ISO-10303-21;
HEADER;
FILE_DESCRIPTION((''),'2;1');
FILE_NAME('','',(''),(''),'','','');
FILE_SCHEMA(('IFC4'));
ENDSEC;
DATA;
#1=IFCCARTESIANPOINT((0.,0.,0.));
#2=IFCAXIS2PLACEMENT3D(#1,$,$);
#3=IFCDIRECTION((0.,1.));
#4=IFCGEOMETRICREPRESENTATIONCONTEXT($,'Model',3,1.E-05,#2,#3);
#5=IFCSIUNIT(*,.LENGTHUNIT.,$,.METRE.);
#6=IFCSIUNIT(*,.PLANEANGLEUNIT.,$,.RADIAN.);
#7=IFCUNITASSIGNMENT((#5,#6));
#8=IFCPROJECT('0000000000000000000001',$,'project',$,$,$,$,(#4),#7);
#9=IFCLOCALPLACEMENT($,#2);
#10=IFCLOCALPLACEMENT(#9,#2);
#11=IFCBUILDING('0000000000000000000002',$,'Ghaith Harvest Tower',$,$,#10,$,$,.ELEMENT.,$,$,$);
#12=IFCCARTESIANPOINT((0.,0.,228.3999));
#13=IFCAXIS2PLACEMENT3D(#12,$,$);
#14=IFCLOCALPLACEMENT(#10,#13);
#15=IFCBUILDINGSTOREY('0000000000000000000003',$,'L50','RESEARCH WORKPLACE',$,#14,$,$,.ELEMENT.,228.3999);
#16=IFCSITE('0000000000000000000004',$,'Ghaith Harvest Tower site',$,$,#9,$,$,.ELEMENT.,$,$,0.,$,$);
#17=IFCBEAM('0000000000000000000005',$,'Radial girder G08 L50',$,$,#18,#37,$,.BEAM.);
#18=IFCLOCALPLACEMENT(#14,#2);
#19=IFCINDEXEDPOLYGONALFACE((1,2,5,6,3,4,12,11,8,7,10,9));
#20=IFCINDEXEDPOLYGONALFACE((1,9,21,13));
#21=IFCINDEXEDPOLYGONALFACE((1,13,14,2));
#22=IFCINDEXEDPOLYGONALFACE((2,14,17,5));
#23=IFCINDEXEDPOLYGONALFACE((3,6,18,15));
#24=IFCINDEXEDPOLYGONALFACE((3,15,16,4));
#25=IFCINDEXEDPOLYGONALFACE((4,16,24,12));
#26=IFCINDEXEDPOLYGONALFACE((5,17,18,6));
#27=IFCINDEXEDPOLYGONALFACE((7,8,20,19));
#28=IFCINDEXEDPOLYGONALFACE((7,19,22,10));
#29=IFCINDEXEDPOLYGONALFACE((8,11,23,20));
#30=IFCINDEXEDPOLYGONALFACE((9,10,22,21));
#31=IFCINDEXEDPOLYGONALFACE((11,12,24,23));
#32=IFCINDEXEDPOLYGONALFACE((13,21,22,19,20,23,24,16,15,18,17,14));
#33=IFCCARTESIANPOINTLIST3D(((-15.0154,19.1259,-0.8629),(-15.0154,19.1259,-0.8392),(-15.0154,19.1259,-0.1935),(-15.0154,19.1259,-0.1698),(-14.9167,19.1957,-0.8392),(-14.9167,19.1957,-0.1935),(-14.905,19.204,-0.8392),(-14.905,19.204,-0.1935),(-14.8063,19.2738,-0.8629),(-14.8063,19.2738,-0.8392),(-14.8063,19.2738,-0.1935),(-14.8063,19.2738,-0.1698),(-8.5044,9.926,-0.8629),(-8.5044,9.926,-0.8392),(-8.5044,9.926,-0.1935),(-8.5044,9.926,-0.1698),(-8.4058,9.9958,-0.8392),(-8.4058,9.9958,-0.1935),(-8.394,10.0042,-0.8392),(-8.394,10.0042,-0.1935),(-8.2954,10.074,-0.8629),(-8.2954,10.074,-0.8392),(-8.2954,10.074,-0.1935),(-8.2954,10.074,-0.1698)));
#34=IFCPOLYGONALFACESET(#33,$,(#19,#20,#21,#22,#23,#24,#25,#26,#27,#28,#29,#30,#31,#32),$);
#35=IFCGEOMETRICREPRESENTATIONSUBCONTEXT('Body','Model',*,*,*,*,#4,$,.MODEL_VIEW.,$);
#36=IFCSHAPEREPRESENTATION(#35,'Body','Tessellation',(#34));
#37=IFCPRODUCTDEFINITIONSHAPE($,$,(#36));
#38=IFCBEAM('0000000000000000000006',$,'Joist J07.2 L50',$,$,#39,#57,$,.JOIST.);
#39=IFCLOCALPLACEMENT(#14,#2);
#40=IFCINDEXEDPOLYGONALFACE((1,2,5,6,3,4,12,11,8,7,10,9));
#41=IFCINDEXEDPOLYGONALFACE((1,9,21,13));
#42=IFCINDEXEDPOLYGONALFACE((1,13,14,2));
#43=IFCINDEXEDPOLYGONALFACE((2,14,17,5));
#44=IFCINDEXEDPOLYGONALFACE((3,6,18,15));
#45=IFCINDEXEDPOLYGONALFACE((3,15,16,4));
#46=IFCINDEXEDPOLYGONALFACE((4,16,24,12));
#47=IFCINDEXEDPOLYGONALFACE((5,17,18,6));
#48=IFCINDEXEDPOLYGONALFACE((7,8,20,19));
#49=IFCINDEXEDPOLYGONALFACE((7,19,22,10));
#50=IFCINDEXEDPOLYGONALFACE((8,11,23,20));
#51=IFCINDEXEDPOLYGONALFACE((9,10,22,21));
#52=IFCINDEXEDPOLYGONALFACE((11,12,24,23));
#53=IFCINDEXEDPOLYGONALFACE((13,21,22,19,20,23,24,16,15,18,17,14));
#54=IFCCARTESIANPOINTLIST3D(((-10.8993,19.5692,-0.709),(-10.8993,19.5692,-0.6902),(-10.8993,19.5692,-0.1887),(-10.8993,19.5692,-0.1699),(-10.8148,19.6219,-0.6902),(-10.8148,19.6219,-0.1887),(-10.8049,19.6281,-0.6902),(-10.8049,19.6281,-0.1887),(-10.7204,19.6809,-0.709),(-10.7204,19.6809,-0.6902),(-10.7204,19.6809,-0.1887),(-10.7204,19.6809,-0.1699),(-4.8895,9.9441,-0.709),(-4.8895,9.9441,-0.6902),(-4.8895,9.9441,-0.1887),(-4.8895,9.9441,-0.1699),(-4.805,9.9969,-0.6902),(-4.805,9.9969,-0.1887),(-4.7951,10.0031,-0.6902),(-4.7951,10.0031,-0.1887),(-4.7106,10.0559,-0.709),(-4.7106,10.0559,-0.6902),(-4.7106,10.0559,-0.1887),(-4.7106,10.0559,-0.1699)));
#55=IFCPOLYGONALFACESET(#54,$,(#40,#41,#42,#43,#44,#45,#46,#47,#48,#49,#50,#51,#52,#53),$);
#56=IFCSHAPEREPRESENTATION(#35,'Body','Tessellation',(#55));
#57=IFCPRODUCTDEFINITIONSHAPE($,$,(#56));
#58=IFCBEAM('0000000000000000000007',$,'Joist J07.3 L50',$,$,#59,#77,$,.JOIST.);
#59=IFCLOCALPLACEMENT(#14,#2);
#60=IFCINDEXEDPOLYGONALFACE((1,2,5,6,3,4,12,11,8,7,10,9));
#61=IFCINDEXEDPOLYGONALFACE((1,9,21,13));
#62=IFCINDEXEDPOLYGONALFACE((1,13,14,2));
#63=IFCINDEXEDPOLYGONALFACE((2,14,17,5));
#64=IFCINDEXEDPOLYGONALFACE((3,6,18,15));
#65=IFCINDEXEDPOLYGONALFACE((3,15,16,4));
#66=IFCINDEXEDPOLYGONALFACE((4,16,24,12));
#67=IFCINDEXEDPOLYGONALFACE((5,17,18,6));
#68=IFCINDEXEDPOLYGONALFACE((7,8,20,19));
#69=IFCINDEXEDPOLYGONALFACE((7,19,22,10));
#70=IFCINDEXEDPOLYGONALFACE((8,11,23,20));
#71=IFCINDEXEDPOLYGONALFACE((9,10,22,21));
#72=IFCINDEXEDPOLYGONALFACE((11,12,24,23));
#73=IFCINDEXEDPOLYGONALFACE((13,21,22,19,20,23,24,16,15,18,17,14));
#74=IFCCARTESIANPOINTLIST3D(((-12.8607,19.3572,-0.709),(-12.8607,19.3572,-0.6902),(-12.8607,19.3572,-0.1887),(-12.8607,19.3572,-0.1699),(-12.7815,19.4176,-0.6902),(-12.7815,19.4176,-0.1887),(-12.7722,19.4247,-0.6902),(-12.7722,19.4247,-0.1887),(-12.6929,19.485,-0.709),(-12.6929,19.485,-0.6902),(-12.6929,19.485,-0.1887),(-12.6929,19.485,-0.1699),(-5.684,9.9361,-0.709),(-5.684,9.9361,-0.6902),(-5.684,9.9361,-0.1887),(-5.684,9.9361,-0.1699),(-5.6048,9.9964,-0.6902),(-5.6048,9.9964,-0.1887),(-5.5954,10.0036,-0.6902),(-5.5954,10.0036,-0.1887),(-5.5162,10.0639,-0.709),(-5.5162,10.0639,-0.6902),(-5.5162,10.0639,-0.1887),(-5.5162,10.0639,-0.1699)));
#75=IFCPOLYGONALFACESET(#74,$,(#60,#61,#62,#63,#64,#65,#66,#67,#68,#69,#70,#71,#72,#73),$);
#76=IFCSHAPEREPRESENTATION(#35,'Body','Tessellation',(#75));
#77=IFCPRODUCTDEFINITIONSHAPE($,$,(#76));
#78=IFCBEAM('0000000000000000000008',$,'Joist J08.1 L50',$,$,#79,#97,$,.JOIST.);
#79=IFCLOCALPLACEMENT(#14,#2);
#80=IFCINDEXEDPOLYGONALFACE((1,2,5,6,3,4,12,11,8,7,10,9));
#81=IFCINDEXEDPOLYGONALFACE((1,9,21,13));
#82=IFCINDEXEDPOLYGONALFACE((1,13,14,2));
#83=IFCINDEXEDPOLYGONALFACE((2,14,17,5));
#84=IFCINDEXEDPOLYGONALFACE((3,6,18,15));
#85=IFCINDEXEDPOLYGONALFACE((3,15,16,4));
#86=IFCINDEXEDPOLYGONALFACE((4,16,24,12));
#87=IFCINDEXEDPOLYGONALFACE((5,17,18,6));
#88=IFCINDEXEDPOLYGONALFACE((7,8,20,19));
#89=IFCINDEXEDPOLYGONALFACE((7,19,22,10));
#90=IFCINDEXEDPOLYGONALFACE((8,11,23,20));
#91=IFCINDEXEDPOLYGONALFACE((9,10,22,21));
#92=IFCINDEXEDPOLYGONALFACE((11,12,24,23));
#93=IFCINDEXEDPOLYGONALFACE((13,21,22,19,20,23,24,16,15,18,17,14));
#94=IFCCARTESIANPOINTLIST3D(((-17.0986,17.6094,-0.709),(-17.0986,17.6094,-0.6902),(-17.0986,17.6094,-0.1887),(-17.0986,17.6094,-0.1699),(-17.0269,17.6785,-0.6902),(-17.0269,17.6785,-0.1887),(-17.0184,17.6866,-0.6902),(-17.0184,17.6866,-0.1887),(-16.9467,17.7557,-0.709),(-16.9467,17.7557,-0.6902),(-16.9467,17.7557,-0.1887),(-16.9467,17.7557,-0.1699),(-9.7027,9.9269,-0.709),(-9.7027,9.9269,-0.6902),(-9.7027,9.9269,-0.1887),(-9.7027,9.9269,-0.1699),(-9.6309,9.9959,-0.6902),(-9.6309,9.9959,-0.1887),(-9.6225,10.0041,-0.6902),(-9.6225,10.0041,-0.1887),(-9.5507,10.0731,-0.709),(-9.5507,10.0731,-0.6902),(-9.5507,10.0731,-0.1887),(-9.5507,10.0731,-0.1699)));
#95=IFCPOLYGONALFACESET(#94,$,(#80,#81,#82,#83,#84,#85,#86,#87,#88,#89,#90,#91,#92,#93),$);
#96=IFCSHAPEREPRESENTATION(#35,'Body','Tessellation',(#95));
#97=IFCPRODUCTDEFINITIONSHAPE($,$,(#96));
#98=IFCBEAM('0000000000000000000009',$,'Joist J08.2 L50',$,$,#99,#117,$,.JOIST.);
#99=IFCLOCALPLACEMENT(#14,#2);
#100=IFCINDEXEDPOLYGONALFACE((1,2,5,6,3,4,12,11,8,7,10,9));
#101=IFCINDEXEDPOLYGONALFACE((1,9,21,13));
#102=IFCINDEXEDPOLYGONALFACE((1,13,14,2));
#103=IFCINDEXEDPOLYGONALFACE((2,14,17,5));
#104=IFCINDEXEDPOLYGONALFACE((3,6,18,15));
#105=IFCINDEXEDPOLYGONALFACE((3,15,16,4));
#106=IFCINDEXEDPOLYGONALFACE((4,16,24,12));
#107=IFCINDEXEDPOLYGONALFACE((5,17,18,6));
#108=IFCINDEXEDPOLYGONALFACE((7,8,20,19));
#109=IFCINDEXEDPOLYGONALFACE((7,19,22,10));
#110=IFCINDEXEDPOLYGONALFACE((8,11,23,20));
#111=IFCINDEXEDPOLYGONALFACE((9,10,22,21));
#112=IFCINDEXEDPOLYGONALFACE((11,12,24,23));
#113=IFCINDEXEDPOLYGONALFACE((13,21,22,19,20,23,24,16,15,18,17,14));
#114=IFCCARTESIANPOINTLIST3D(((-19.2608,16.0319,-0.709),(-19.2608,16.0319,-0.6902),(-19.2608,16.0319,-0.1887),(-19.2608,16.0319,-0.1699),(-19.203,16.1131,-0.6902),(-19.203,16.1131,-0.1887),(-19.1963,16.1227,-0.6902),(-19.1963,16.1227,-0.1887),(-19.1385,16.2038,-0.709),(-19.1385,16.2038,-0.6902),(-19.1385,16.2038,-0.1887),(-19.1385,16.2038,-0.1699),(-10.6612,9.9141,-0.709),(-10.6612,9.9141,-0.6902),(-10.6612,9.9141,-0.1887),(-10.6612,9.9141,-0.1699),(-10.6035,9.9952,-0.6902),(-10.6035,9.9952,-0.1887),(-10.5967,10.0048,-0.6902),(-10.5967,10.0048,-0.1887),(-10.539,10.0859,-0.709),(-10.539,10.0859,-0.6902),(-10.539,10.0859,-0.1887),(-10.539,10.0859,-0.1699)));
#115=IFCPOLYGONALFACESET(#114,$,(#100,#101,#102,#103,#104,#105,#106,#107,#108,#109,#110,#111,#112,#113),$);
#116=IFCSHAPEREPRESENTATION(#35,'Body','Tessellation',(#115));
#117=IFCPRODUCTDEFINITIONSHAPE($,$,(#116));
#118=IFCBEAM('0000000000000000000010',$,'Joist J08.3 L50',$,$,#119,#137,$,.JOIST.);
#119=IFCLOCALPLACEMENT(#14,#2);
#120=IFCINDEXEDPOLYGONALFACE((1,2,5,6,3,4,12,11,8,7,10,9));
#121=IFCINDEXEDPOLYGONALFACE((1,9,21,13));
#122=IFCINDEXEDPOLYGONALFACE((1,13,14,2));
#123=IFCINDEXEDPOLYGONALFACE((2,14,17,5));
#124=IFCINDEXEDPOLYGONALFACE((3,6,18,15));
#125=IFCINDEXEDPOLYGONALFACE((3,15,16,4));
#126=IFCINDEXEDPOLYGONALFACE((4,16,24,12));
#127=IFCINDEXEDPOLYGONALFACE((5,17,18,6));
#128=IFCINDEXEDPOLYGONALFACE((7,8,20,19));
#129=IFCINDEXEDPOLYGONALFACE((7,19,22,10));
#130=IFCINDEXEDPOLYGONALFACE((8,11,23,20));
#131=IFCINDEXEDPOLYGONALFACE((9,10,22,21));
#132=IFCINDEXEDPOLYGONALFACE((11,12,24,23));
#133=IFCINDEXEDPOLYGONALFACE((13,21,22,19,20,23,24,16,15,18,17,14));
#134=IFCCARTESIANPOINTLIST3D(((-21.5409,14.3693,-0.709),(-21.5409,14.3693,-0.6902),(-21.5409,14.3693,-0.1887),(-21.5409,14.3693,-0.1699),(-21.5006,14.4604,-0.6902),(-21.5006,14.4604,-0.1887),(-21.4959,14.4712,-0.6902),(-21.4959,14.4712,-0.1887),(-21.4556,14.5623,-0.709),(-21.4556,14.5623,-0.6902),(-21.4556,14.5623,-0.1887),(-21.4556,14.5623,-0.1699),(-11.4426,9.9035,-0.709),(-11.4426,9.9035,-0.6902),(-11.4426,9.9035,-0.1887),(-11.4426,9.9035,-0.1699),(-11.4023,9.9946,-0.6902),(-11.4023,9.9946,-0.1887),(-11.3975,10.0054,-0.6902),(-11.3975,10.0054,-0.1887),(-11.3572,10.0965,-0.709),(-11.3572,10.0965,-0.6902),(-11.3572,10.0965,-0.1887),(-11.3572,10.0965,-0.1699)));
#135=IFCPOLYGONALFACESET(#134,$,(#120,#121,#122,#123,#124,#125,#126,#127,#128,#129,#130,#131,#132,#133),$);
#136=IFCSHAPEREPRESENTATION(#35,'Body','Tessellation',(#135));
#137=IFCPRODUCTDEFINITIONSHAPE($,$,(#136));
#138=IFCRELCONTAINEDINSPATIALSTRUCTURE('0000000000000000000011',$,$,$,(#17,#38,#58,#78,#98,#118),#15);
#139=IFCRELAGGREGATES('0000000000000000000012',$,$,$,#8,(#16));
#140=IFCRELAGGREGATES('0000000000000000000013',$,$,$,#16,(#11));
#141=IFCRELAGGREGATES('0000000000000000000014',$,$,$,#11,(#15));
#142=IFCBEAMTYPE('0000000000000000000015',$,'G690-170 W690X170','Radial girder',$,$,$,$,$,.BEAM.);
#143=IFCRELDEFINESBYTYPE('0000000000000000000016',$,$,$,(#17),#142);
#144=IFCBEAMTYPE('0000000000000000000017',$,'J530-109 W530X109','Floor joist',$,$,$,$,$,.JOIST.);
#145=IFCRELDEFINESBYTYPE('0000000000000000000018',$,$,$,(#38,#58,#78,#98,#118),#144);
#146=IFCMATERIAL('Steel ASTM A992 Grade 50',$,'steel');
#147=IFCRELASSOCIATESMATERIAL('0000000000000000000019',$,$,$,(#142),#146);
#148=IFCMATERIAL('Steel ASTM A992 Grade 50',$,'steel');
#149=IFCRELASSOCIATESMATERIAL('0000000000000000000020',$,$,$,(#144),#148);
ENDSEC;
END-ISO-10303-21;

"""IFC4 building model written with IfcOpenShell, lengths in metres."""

from ifc_helpers import new_model, si_unit, direction, frame, origin, origin_2d, place, context, subcontext, project, spatial, i_section, extrude, material, material_profile, profile_set, type_object, element, save


model = new_model("IFC4")

# Units and contexts
model_context = context("Model", 3, precision=1e-05, world=origin(), true_north=direction((0.0, 1.0)))
body_context = subcontext(model_context, "Body", "Model", "MODEL_VIEW")
ifc_project = project(units=[si_unit("LENGTHUNIT", "METRE"), si_unit("PLANEANGLEUNIT", "RADIAN")], contexts=[model_context])

# Site, building, storey
site_placement = place(None, origin())
site = spatial("IfcSite", under=ifc_project, at=site_placement, Name="Ghaith Harvest Tower site", CompositionType="ELEMENT", RefElevation=0.0)
building_placement = place(site_placement, origin())
building = spatial("IfcBuilding", under=site, at=building_placement, Name="Ghaith Harvest Tower", CompositionType="ELEMENT")
storey_placement = place(building_placement, frame((0.0, 0.0, 228.3999)))
storey = spatial("IfcBuildingStorey", under=building, at=storey_placement, Name="L50", Description="RESEARCH WORKPLACE", CompositionType="ELEMENT", Elevation=228.3999)

# Beams
ifc_material_1 = material(Name="Steel ASTM A992 Grade 50", Category="steel")
ifc_material_profile_1 = material_profile(ifc_material_1, i_section(OverallWidth=0.2561, OverallDepth=0.6931, WebThickness=0.0144, FlangeThickness=0.0237, at=origin_2d()), Name="W690X170")
ifc_profile_set_1 = profile_set([ifc_material_profile_1], Name="Steel ASTM A992 Grade 50")
beam_type_1 = type_object("IfcBeamType", Name="G690-170 W690X170", Description="Radial girder", PredefinedType="BEAM", material=ifc_profile_set_1)
beam_1_placement = place(storey_placement, frame((-8.3999, 10.0, -0.5164), z_axis=(-0.577684, 0.816261, 0.0), x_axis=(-0.816261, -0.577684, 0.0)))
element("IfcBeam", 1, at=beam_1_placement, inside=storey, type_object=beam_type_1, Name="Radial girder G08 L50", PredefinedType="BEAM", context=body_context, shape_type="SweptSolid", body=[
    extrude(i_section(OverallWidth=0.2561, OverallDepth=0.6931, WebThickness=0.0144, FlangeThickness=0.0237, at=origin_2d()), origin(), (0.0, 0.0, 1.0), 11.2708),
])
ifc_material_2 = material(Name="Steel ASTM A992 Grade 50", Category="steel")
ifc_material_profile_2 = material_profile(ifc_material_2, i_section(OverallWidth=0.2109, OverallDepth=0.5391, WebThickness=0.0117, FlangeThickness=0.0188, at=origin_2d()), Name="W530X109")
ifc_profile_set_2 = profile_set([ifc_material_profile_2], Name="Steel ASTM A992 Grade 50")
beam_type_2 = type_object("IfcBeamType", Name="J530-109 W530X109", Description="Floor joist", PredefinedType="JOIST", material=ifc_profile_set_2)
beam_2_placement = place(storey_placement, frame((-4.8, 10.0, -0.4395), z_axis=(-0.529628, 0.84823, 0.0), x_axis=(-0.84823, -0.529628, 0.0)))
element("IfcBeam", 2, at=beam_2_placement, inside=storey, type_object=beam_type_2, Name="Joist J07.2 L50", PredefinedType="JOIST", context=body_context, shape_type="SweptSolid", body=[
    extrude(i_section(OverallWidth=0.2109, OverallDepth=0.5391, WebThickness=0.0117, FlangeThickness=0.0188, at=origin_2d()), origin(), (0.0, 0.0, 1.0), 11.3472),
])
beam_3_placement = place(storey_placement, frame((-5.6001, 10.0, -0.4395), z_axis=(-0.605976, 0.795483, 0.0), x_axis=(-0.795483, -0.605976, 0.0)))
element("IfcBeam", 3, at=beam_3_placement, inside=storey, type_object=beam_type_2, Name="Joist J07.3 L50", PredefinedType="JOIST", context=body_context, shape_type="SweptSolid", body=[
    extrude(i_section(OverallWidth=0.2109, OverallDepth=0.5391, WebThickness=0.0117, FlangeThickness=0.0188, at=origin_2d()), origin(), (0.0, 0.0, 1.0), 11.8433),
])
beam_4_placement = place(storey_placement, frame((-9.6267, 10.0, -0.4395), z_axis=(-0.69354, 0.720418, 0.0), x_axis=(-0.720418, -0.69354, 0.0)))
element("IfcBeam", 4, at=beam_4_placement, inside=storey, type_object=beam_type_2, Name="Joist J08.1 L50", PredefinedType="JOIST", context=body_context, shape_type="SweptSolid", body=[
    extrude(i_section(OverallWidth=0.2109, OverallDepth=0.5391, WebThickness=0.0117, FlangeThickness=0.0188, at=origin_2d()), origin(), (0.0, 0.0, 1.0), 10.6641),
])
beam_5_placement = place(storey_placement, frame((-10.6001, 10.0, -0.4395), z_axis=(-0.814837, 0.57969, 0.0), x_axis=(-0.57969, -0.814837, 0.0)))
element("IfcBeam", 5, at=beam_5_placement, inside=storey, type_object=beam_type_2, Name="Joist J08.2 L50", PredefinedType="JOIST", context=body_context, shape_type="SweptSolid", body=[
    extrude(i_section(OverallWidth=0.2109, OverallDepth=0.5391, WebThickness=0.0117, FlangeThickness=0.0188, at=origin_2d()), origin(), (0.0, 0.0, 1.0), 10.5537),
])
beam_6_placement = place(storey_placement, frame((-11.3999, 10.0, -0.4395), z_axis=(-0.914561, 0.404447, 0.0), x_axis=(-0.404447, -0.914561, 0.0)))
element("IfcBeam", 6, at=beam_6_placement, inside=storey, type_object=beam_type_2, Name="Joist J08.3 L50", PredefinedType="JOIST", context=body_context, shape_type="SweptSolid", body=[
    extrude(i_section(OverallWidth=0.2109, OverallDepth=0.5391, WebThickness=0.0117, FlangeThickness=0.0188, at=origin_2d()), origin(), (0.0, 0.0, 1.0), 11.0417),
])

save(model, "model.ifc")
